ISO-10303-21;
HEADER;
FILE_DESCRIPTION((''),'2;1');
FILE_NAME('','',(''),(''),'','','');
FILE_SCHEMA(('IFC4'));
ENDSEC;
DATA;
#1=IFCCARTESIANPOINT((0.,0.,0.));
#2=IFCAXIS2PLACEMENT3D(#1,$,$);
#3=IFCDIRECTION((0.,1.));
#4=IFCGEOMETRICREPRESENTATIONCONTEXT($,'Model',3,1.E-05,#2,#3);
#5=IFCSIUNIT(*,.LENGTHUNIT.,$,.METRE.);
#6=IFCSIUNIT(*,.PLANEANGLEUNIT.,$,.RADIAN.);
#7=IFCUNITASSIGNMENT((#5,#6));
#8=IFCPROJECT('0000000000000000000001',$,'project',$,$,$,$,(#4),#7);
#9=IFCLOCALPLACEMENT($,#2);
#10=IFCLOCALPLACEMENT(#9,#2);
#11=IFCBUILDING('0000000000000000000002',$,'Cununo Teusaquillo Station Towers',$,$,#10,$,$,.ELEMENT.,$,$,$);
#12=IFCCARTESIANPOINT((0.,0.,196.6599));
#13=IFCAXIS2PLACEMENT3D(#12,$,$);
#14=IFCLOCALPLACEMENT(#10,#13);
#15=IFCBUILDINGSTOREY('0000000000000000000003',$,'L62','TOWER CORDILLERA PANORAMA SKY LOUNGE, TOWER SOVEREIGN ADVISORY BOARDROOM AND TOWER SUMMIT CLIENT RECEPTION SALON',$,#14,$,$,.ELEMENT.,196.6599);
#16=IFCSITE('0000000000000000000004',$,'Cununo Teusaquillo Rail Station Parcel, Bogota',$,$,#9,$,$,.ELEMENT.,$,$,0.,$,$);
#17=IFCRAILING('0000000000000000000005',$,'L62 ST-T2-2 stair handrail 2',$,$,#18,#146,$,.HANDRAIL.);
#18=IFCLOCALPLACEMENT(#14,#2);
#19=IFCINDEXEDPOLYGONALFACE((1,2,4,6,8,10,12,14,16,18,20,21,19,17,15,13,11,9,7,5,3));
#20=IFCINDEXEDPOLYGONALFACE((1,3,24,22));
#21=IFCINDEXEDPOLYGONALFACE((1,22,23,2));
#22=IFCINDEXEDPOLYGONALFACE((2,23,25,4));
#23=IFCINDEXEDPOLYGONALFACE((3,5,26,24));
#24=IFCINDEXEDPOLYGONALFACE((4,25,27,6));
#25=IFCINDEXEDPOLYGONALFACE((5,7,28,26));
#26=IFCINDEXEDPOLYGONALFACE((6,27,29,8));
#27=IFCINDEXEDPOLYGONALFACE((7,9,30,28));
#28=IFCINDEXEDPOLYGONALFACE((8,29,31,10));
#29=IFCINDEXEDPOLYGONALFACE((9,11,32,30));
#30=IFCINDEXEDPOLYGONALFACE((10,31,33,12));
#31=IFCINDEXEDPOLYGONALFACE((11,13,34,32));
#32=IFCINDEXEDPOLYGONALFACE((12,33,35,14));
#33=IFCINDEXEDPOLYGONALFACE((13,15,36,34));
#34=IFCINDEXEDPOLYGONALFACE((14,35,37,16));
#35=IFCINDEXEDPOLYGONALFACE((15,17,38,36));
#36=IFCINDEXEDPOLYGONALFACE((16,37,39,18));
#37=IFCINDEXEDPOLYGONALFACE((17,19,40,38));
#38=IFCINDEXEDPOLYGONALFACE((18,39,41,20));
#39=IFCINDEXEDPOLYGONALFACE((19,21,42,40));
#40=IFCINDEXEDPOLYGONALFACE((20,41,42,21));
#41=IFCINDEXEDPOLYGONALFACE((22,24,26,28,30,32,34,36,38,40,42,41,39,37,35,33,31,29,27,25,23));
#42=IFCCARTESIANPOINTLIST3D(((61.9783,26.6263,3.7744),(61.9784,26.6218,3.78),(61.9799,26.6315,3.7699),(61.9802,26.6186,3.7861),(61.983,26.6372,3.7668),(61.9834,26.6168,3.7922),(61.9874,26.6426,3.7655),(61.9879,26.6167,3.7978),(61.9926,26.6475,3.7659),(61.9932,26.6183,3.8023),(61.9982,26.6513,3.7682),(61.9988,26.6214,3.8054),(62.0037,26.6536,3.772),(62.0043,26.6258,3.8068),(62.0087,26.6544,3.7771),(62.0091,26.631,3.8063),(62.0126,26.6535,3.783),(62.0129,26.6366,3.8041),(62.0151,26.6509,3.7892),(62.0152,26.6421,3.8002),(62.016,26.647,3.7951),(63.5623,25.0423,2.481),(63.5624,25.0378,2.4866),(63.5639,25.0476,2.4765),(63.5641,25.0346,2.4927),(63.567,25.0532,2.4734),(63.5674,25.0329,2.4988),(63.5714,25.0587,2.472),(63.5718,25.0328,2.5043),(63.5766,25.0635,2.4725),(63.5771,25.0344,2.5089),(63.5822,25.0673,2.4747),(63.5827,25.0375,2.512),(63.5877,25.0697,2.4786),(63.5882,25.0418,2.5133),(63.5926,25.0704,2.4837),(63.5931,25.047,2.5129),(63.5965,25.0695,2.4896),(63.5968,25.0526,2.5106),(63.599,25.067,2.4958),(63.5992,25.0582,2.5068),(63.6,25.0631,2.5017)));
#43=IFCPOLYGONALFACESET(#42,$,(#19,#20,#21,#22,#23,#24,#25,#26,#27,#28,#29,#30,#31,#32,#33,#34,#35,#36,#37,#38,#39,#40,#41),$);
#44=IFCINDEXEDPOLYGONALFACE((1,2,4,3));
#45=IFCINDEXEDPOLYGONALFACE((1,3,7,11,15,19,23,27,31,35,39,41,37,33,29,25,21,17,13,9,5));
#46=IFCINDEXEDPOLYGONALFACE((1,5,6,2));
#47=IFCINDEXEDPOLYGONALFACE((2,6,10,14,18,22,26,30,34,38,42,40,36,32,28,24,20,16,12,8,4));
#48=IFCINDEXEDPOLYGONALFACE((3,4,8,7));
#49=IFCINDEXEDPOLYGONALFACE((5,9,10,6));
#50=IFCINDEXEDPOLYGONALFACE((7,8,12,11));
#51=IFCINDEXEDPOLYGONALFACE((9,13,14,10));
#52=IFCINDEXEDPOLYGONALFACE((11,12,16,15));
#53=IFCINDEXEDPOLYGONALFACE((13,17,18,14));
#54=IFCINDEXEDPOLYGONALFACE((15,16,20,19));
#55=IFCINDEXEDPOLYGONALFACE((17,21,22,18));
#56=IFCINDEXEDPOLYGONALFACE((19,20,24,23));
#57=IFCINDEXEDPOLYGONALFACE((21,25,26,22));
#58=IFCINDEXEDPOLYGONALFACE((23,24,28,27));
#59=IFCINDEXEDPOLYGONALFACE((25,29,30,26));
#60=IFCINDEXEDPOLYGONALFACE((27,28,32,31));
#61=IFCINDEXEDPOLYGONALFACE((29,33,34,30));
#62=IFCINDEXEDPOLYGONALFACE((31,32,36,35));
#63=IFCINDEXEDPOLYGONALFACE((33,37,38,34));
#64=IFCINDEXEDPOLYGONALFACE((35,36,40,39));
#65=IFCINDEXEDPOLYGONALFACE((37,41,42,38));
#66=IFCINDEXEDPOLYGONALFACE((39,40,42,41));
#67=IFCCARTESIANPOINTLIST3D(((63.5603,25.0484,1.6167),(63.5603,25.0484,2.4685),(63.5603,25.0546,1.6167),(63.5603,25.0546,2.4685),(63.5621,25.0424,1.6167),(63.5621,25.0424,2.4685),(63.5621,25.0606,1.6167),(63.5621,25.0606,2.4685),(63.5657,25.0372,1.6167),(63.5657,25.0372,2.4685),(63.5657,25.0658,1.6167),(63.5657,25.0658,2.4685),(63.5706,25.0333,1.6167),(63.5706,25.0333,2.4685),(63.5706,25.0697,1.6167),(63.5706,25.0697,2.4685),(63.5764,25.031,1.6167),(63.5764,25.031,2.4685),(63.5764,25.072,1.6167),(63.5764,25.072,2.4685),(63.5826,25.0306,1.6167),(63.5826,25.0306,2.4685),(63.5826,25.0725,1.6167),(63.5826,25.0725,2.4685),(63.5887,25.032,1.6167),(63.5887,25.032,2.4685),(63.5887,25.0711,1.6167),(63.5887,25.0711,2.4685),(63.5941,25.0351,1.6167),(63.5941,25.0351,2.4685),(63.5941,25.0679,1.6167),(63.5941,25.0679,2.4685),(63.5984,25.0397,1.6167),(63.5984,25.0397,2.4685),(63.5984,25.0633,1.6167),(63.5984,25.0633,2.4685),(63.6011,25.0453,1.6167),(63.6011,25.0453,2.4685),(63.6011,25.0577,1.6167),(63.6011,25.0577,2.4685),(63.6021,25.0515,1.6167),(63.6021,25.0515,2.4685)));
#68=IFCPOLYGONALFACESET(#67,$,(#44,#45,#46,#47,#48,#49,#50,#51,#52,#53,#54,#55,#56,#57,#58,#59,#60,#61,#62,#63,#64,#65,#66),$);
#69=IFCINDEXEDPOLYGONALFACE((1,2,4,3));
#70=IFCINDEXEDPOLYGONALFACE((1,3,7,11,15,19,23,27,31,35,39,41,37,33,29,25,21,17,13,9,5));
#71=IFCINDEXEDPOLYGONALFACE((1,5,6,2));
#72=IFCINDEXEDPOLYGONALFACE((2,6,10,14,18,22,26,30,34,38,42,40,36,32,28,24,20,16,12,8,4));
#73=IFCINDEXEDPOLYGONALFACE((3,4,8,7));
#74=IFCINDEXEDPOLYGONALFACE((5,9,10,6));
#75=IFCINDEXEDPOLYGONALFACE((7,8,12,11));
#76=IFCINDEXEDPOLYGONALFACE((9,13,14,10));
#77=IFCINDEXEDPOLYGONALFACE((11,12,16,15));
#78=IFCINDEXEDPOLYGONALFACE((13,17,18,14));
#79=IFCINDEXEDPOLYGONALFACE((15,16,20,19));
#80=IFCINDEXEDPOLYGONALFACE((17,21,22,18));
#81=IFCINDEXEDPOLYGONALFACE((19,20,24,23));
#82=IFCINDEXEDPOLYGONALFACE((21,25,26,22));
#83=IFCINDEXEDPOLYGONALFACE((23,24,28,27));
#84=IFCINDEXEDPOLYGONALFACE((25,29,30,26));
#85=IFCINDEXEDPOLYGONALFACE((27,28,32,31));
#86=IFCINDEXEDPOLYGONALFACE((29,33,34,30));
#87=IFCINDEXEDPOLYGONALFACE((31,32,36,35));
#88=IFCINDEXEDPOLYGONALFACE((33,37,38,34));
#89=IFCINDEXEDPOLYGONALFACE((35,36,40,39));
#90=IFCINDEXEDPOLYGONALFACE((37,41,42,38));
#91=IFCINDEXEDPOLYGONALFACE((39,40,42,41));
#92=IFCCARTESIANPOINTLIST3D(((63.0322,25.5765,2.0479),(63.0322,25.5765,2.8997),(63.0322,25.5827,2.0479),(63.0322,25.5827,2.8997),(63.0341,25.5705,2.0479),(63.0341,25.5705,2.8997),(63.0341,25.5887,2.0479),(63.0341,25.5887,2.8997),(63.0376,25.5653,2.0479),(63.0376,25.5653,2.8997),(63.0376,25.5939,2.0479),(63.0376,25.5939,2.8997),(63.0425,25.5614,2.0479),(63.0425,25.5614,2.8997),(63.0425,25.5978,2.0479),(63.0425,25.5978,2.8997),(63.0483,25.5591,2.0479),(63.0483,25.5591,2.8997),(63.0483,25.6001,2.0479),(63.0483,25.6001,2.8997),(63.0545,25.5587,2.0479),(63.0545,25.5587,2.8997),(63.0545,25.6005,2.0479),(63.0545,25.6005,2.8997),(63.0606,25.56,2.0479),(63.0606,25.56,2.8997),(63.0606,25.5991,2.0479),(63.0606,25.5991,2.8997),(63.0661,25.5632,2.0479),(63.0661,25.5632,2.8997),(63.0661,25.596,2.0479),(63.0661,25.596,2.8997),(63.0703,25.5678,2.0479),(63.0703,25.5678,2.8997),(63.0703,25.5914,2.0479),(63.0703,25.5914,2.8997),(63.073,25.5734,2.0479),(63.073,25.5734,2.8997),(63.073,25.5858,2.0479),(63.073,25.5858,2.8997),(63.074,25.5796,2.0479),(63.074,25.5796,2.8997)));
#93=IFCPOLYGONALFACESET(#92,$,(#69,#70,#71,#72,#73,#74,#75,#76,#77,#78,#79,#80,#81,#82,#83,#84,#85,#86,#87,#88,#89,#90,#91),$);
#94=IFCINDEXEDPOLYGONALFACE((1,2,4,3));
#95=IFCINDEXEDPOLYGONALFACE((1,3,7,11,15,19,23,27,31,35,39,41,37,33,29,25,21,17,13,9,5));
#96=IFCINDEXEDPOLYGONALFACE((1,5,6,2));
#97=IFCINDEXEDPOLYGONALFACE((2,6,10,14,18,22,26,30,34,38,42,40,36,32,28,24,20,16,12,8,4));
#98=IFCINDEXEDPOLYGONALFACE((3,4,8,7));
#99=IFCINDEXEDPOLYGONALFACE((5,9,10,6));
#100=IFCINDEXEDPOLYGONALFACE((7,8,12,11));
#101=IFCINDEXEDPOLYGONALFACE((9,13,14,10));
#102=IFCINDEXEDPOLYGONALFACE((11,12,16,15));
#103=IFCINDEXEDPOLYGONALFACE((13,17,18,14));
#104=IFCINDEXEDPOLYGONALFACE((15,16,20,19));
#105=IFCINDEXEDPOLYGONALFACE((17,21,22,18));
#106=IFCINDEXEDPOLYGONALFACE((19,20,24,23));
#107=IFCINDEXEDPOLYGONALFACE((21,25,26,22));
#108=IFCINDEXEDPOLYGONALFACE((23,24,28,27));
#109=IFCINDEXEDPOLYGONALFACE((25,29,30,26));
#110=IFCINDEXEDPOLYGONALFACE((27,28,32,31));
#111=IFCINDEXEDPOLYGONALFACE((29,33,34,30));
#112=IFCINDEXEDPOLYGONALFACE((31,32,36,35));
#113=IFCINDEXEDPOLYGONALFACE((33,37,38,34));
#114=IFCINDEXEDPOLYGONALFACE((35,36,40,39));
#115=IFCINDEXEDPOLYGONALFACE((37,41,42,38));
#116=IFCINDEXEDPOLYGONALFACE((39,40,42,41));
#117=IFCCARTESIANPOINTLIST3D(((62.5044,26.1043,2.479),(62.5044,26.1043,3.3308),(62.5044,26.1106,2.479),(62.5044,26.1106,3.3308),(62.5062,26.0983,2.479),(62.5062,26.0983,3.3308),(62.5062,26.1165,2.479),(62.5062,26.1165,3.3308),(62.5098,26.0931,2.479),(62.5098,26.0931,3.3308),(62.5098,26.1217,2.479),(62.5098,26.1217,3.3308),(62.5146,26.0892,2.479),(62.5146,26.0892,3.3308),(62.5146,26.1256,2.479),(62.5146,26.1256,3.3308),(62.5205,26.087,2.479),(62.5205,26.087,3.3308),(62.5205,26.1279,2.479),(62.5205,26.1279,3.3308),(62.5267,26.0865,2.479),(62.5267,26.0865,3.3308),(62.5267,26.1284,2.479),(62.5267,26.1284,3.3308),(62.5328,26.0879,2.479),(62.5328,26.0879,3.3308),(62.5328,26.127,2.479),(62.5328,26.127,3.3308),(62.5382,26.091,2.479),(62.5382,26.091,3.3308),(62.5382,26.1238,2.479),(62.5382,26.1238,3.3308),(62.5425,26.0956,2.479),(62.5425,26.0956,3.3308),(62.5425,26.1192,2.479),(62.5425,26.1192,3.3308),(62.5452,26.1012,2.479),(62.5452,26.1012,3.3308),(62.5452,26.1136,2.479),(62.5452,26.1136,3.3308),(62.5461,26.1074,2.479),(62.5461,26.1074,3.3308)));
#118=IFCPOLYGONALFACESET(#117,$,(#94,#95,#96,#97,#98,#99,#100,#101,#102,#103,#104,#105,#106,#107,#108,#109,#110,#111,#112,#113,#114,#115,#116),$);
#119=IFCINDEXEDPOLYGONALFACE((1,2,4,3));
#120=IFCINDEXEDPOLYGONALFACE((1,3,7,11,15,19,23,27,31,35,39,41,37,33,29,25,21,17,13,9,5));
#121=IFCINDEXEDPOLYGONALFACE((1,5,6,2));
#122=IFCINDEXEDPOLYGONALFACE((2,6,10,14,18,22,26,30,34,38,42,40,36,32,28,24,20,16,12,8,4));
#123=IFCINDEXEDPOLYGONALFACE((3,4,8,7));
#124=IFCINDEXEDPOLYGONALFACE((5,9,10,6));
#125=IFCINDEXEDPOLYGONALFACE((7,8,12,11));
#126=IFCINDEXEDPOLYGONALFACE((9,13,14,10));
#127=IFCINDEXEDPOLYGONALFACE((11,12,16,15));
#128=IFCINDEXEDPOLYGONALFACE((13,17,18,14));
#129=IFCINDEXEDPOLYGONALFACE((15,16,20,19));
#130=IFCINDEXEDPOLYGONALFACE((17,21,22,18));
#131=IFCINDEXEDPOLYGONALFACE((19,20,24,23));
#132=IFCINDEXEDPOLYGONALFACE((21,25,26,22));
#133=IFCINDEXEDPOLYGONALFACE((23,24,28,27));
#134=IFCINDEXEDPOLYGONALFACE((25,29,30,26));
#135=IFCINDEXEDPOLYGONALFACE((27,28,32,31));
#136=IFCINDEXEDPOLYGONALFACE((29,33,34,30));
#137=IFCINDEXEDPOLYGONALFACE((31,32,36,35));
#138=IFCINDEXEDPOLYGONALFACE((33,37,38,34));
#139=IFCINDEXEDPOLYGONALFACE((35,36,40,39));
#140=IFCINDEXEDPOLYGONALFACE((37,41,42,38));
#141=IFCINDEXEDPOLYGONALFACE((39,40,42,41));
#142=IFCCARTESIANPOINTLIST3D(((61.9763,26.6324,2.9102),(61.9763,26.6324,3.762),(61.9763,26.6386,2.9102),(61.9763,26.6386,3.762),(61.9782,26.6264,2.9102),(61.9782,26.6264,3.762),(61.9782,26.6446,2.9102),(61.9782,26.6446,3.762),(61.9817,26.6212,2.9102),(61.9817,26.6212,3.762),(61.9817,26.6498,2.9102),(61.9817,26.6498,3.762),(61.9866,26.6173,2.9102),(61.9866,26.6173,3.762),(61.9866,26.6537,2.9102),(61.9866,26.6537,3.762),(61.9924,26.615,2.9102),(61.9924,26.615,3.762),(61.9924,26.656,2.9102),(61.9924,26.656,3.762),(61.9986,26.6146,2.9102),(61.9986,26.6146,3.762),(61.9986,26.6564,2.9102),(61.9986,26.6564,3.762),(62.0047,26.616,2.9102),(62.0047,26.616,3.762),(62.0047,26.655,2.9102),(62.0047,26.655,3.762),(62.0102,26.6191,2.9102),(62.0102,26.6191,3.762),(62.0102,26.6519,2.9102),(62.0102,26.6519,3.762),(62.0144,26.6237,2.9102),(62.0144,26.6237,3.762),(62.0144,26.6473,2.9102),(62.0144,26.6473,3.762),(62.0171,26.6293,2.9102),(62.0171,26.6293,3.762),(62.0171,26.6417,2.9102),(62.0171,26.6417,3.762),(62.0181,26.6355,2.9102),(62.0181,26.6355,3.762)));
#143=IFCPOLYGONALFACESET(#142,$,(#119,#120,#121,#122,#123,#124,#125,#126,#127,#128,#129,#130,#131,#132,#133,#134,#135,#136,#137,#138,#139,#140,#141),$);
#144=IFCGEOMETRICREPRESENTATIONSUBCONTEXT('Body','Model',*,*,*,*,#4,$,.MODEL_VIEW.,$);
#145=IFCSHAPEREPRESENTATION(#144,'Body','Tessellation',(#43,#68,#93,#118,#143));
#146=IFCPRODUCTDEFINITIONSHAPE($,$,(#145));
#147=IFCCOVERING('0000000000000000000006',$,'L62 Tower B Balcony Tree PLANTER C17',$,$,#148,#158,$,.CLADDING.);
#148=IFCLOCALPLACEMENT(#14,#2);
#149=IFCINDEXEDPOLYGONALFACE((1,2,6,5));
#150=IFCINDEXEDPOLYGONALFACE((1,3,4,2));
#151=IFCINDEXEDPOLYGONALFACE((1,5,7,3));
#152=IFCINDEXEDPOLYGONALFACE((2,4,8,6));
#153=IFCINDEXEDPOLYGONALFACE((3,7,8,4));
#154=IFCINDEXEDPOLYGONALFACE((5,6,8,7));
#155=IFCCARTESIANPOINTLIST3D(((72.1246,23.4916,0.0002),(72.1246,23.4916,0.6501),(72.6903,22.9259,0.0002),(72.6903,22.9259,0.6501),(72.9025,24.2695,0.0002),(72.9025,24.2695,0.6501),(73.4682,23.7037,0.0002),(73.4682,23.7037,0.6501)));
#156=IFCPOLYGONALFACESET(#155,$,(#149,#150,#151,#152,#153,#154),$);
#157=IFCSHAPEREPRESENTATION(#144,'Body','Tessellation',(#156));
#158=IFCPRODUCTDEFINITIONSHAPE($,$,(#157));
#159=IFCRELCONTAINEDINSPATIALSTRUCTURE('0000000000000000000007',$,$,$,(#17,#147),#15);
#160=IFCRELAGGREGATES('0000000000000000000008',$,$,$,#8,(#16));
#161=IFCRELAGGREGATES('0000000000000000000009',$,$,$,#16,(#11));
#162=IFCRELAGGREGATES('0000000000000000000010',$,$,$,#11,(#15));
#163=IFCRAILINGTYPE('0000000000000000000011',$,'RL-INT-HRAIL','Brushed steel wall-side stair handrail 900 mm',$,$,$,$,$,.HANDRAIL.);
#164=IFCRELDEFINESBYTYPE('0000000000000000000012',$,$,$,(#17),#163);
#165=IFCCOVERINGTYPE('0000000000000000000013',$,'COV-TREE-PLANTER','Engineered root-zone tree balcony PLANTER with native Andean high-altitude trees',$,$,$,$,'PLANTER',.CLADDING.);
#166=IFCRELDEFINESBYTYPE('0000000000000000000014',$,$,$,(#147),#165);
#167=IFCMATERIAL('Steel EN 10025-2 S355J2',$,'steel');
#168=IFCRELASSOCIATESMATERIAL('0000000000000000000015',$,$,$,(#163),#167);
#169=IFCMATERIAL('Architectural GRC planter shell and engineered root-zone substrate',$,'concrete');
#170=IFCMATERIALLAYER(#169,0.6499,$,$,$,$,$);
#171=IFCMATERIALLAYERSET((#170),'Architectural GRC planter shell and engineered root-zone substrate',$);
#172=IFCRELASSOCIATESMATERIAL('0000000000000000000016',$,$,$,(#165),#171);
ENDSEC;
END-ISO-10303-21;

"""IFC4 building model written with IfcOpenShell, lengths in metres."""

from ifc_helpers import new_model, si_unit, direction, frame, origin, origin_2d, place, context, subcontext, project, spatial, rectangle, circle, extrude, source, transform, mapped, material, layer, layer_set, type_object, element, save


model = new_model("IFC4")

# Units and contexts
model_context = context("Model", 3, precision=1e-05, world=origin(), true_north=direction((0.0, 1.0)))
body_context = subcontext(model_context, "Body", "Model", "MODEL_VIEW")
ifc_project = project(units=[si_unit("LENGTHUNIT", "METRE"), si_unit("PLANEANGLEUNIT", "RADIAN")], contexts=[model_context])

# Site, building, storey
site_placement = place(None, origin())
site = spatial("IfcSite", under=ifc_project, at=site_placement, Name="Cununo Teusaquillo Rail Station Parcel, Bogota", CompositionType="ELEMENT", RefElevation=0.0)
building_placement = place(site_placement, origin())
building = spatial("IfcBuilding", under=site, at=building_placement, Name="Cununo Teusaquillo Station Towers", CompositionType="ELEMENT")
storey_placement = place(building_placement, frame((0.0, 0.0, 196.6599)))
storey = spatial("IfcBuildingStorey", under=building, at=storey_placement, Name="L62", Description="TOWER CORDILLERA PANORAMA SKY LOUNGE, TOWER SOVEREIGN ADVISORY BOARDROOM AND TOWER SUMMIT CLIENT RECEPTION SALON", CompositionType="ELEMENT", Elevation=196.6599)

# Railing
ifc_material_1 = material(Name="Steel EN 10025-2 S355J2", Category="steel")
railing_type_1 = type_object("IfcRailingType", Name="RL-INT-HRAIL", Description="Brushed steel wall-side stair handrail 900 mm", PredefinedType="HANDRAIL", material=ifc_material_1)
railing_1_placement = place(storey_placement, frame((63.5811, 25.0515, 1.6167)))
element("IfcRailing", 1, at=railing_1_placement, inside=storey, type_object=railing_type_1, Name="L62 ST-T2-2 stair handrail 2", PredefinedType="HANDRAIL", context=body_context, shape_type="SweptSolid", body=[
    extrude(circle(Radius=0.0239, at=origin_2d()), frame((0.0, 0.0, 0.876), z_axis=(-0.612356, 0.612356, 0.50004), x_axis=(-0.707107, -0.707107, 0.0)), (0.0, 0.0, 1.0), 2.5867),
    extrude(circle(Radius=0.021, at=origin_2d()), origin(), (0.0, 0.0, 1.0), 0.8518),
    extrude(circle(Radius=0.021, at=origin_2d()), frame((-0.5281, 0.5281, 0.4312)), (0.0, 0.0, 1.0), 0.8518),
    extrude(circle(Radius=0.021, at=origin_2d()), frame((-1.0559, 1.0559, 0.8623)), (0.0, 0.0, 1.0), 0.8518),
    extrude(circle(Radius=0.021, at=origin_2d()), frame((-1.584, 1.584, 1.2935)), (0.0, 0.0, 1.0), 0.8518),
])

# Covering
ifc_material_2 = material(Name="Architectural GRC planter shell and engineered root-zone substrate", Category="concrete")
ifc_layer_1 = layer(ifc_material_2, 0.6499)
ifc_layer_set_1 = layer_set([ifc_layer_1], Name="Architectural GRC planter shell and engineered root-zone substrate")
covering_type = type_object("IfcCoveringType", Name="COV-TREE-PLANTER", Description="Engineered root-zone tree balcony PLANTER with native Andean high-altitude trees", ElementType="PLANTER", PredefinedType="CLADDING", material=ifc_layer_set_1)
shared_shape_1 = source(origin(), body_context, "Body", "SweptSolid", [
    extrude(rectangle(XDim=1.1001, YDim=0.8, at=origin_2d()), origin(), (0.0, 0.0, 1.0), 0.6499),
])
covering_placement = place(storey_placement, frame((72.7964, 23.5977, 0.0002), z_axis=(0.0, 0.0, 1.0), x_axis=(0.707107, 0.707107, 0.0)))
element("IfcCovering", 2, at=covering_placement, inside=storey, type_object=covering_type, Name="L62 Tower B Balcony Tree PLANTER C17", PredefinedType="CLADDING", context=body_context, shape_type="MappedRepresentation", body=[
    mapped(shared_shape_1, transform((0.0, 0.0, 0.0), x_axis=(1.0, 0.0, 0.0), y_axis=(0.0, 1.0, 0.0), z_axis=(0.0, 0.0, 1.0), scale=1.0)),
])

save(model, "model.ifc")
